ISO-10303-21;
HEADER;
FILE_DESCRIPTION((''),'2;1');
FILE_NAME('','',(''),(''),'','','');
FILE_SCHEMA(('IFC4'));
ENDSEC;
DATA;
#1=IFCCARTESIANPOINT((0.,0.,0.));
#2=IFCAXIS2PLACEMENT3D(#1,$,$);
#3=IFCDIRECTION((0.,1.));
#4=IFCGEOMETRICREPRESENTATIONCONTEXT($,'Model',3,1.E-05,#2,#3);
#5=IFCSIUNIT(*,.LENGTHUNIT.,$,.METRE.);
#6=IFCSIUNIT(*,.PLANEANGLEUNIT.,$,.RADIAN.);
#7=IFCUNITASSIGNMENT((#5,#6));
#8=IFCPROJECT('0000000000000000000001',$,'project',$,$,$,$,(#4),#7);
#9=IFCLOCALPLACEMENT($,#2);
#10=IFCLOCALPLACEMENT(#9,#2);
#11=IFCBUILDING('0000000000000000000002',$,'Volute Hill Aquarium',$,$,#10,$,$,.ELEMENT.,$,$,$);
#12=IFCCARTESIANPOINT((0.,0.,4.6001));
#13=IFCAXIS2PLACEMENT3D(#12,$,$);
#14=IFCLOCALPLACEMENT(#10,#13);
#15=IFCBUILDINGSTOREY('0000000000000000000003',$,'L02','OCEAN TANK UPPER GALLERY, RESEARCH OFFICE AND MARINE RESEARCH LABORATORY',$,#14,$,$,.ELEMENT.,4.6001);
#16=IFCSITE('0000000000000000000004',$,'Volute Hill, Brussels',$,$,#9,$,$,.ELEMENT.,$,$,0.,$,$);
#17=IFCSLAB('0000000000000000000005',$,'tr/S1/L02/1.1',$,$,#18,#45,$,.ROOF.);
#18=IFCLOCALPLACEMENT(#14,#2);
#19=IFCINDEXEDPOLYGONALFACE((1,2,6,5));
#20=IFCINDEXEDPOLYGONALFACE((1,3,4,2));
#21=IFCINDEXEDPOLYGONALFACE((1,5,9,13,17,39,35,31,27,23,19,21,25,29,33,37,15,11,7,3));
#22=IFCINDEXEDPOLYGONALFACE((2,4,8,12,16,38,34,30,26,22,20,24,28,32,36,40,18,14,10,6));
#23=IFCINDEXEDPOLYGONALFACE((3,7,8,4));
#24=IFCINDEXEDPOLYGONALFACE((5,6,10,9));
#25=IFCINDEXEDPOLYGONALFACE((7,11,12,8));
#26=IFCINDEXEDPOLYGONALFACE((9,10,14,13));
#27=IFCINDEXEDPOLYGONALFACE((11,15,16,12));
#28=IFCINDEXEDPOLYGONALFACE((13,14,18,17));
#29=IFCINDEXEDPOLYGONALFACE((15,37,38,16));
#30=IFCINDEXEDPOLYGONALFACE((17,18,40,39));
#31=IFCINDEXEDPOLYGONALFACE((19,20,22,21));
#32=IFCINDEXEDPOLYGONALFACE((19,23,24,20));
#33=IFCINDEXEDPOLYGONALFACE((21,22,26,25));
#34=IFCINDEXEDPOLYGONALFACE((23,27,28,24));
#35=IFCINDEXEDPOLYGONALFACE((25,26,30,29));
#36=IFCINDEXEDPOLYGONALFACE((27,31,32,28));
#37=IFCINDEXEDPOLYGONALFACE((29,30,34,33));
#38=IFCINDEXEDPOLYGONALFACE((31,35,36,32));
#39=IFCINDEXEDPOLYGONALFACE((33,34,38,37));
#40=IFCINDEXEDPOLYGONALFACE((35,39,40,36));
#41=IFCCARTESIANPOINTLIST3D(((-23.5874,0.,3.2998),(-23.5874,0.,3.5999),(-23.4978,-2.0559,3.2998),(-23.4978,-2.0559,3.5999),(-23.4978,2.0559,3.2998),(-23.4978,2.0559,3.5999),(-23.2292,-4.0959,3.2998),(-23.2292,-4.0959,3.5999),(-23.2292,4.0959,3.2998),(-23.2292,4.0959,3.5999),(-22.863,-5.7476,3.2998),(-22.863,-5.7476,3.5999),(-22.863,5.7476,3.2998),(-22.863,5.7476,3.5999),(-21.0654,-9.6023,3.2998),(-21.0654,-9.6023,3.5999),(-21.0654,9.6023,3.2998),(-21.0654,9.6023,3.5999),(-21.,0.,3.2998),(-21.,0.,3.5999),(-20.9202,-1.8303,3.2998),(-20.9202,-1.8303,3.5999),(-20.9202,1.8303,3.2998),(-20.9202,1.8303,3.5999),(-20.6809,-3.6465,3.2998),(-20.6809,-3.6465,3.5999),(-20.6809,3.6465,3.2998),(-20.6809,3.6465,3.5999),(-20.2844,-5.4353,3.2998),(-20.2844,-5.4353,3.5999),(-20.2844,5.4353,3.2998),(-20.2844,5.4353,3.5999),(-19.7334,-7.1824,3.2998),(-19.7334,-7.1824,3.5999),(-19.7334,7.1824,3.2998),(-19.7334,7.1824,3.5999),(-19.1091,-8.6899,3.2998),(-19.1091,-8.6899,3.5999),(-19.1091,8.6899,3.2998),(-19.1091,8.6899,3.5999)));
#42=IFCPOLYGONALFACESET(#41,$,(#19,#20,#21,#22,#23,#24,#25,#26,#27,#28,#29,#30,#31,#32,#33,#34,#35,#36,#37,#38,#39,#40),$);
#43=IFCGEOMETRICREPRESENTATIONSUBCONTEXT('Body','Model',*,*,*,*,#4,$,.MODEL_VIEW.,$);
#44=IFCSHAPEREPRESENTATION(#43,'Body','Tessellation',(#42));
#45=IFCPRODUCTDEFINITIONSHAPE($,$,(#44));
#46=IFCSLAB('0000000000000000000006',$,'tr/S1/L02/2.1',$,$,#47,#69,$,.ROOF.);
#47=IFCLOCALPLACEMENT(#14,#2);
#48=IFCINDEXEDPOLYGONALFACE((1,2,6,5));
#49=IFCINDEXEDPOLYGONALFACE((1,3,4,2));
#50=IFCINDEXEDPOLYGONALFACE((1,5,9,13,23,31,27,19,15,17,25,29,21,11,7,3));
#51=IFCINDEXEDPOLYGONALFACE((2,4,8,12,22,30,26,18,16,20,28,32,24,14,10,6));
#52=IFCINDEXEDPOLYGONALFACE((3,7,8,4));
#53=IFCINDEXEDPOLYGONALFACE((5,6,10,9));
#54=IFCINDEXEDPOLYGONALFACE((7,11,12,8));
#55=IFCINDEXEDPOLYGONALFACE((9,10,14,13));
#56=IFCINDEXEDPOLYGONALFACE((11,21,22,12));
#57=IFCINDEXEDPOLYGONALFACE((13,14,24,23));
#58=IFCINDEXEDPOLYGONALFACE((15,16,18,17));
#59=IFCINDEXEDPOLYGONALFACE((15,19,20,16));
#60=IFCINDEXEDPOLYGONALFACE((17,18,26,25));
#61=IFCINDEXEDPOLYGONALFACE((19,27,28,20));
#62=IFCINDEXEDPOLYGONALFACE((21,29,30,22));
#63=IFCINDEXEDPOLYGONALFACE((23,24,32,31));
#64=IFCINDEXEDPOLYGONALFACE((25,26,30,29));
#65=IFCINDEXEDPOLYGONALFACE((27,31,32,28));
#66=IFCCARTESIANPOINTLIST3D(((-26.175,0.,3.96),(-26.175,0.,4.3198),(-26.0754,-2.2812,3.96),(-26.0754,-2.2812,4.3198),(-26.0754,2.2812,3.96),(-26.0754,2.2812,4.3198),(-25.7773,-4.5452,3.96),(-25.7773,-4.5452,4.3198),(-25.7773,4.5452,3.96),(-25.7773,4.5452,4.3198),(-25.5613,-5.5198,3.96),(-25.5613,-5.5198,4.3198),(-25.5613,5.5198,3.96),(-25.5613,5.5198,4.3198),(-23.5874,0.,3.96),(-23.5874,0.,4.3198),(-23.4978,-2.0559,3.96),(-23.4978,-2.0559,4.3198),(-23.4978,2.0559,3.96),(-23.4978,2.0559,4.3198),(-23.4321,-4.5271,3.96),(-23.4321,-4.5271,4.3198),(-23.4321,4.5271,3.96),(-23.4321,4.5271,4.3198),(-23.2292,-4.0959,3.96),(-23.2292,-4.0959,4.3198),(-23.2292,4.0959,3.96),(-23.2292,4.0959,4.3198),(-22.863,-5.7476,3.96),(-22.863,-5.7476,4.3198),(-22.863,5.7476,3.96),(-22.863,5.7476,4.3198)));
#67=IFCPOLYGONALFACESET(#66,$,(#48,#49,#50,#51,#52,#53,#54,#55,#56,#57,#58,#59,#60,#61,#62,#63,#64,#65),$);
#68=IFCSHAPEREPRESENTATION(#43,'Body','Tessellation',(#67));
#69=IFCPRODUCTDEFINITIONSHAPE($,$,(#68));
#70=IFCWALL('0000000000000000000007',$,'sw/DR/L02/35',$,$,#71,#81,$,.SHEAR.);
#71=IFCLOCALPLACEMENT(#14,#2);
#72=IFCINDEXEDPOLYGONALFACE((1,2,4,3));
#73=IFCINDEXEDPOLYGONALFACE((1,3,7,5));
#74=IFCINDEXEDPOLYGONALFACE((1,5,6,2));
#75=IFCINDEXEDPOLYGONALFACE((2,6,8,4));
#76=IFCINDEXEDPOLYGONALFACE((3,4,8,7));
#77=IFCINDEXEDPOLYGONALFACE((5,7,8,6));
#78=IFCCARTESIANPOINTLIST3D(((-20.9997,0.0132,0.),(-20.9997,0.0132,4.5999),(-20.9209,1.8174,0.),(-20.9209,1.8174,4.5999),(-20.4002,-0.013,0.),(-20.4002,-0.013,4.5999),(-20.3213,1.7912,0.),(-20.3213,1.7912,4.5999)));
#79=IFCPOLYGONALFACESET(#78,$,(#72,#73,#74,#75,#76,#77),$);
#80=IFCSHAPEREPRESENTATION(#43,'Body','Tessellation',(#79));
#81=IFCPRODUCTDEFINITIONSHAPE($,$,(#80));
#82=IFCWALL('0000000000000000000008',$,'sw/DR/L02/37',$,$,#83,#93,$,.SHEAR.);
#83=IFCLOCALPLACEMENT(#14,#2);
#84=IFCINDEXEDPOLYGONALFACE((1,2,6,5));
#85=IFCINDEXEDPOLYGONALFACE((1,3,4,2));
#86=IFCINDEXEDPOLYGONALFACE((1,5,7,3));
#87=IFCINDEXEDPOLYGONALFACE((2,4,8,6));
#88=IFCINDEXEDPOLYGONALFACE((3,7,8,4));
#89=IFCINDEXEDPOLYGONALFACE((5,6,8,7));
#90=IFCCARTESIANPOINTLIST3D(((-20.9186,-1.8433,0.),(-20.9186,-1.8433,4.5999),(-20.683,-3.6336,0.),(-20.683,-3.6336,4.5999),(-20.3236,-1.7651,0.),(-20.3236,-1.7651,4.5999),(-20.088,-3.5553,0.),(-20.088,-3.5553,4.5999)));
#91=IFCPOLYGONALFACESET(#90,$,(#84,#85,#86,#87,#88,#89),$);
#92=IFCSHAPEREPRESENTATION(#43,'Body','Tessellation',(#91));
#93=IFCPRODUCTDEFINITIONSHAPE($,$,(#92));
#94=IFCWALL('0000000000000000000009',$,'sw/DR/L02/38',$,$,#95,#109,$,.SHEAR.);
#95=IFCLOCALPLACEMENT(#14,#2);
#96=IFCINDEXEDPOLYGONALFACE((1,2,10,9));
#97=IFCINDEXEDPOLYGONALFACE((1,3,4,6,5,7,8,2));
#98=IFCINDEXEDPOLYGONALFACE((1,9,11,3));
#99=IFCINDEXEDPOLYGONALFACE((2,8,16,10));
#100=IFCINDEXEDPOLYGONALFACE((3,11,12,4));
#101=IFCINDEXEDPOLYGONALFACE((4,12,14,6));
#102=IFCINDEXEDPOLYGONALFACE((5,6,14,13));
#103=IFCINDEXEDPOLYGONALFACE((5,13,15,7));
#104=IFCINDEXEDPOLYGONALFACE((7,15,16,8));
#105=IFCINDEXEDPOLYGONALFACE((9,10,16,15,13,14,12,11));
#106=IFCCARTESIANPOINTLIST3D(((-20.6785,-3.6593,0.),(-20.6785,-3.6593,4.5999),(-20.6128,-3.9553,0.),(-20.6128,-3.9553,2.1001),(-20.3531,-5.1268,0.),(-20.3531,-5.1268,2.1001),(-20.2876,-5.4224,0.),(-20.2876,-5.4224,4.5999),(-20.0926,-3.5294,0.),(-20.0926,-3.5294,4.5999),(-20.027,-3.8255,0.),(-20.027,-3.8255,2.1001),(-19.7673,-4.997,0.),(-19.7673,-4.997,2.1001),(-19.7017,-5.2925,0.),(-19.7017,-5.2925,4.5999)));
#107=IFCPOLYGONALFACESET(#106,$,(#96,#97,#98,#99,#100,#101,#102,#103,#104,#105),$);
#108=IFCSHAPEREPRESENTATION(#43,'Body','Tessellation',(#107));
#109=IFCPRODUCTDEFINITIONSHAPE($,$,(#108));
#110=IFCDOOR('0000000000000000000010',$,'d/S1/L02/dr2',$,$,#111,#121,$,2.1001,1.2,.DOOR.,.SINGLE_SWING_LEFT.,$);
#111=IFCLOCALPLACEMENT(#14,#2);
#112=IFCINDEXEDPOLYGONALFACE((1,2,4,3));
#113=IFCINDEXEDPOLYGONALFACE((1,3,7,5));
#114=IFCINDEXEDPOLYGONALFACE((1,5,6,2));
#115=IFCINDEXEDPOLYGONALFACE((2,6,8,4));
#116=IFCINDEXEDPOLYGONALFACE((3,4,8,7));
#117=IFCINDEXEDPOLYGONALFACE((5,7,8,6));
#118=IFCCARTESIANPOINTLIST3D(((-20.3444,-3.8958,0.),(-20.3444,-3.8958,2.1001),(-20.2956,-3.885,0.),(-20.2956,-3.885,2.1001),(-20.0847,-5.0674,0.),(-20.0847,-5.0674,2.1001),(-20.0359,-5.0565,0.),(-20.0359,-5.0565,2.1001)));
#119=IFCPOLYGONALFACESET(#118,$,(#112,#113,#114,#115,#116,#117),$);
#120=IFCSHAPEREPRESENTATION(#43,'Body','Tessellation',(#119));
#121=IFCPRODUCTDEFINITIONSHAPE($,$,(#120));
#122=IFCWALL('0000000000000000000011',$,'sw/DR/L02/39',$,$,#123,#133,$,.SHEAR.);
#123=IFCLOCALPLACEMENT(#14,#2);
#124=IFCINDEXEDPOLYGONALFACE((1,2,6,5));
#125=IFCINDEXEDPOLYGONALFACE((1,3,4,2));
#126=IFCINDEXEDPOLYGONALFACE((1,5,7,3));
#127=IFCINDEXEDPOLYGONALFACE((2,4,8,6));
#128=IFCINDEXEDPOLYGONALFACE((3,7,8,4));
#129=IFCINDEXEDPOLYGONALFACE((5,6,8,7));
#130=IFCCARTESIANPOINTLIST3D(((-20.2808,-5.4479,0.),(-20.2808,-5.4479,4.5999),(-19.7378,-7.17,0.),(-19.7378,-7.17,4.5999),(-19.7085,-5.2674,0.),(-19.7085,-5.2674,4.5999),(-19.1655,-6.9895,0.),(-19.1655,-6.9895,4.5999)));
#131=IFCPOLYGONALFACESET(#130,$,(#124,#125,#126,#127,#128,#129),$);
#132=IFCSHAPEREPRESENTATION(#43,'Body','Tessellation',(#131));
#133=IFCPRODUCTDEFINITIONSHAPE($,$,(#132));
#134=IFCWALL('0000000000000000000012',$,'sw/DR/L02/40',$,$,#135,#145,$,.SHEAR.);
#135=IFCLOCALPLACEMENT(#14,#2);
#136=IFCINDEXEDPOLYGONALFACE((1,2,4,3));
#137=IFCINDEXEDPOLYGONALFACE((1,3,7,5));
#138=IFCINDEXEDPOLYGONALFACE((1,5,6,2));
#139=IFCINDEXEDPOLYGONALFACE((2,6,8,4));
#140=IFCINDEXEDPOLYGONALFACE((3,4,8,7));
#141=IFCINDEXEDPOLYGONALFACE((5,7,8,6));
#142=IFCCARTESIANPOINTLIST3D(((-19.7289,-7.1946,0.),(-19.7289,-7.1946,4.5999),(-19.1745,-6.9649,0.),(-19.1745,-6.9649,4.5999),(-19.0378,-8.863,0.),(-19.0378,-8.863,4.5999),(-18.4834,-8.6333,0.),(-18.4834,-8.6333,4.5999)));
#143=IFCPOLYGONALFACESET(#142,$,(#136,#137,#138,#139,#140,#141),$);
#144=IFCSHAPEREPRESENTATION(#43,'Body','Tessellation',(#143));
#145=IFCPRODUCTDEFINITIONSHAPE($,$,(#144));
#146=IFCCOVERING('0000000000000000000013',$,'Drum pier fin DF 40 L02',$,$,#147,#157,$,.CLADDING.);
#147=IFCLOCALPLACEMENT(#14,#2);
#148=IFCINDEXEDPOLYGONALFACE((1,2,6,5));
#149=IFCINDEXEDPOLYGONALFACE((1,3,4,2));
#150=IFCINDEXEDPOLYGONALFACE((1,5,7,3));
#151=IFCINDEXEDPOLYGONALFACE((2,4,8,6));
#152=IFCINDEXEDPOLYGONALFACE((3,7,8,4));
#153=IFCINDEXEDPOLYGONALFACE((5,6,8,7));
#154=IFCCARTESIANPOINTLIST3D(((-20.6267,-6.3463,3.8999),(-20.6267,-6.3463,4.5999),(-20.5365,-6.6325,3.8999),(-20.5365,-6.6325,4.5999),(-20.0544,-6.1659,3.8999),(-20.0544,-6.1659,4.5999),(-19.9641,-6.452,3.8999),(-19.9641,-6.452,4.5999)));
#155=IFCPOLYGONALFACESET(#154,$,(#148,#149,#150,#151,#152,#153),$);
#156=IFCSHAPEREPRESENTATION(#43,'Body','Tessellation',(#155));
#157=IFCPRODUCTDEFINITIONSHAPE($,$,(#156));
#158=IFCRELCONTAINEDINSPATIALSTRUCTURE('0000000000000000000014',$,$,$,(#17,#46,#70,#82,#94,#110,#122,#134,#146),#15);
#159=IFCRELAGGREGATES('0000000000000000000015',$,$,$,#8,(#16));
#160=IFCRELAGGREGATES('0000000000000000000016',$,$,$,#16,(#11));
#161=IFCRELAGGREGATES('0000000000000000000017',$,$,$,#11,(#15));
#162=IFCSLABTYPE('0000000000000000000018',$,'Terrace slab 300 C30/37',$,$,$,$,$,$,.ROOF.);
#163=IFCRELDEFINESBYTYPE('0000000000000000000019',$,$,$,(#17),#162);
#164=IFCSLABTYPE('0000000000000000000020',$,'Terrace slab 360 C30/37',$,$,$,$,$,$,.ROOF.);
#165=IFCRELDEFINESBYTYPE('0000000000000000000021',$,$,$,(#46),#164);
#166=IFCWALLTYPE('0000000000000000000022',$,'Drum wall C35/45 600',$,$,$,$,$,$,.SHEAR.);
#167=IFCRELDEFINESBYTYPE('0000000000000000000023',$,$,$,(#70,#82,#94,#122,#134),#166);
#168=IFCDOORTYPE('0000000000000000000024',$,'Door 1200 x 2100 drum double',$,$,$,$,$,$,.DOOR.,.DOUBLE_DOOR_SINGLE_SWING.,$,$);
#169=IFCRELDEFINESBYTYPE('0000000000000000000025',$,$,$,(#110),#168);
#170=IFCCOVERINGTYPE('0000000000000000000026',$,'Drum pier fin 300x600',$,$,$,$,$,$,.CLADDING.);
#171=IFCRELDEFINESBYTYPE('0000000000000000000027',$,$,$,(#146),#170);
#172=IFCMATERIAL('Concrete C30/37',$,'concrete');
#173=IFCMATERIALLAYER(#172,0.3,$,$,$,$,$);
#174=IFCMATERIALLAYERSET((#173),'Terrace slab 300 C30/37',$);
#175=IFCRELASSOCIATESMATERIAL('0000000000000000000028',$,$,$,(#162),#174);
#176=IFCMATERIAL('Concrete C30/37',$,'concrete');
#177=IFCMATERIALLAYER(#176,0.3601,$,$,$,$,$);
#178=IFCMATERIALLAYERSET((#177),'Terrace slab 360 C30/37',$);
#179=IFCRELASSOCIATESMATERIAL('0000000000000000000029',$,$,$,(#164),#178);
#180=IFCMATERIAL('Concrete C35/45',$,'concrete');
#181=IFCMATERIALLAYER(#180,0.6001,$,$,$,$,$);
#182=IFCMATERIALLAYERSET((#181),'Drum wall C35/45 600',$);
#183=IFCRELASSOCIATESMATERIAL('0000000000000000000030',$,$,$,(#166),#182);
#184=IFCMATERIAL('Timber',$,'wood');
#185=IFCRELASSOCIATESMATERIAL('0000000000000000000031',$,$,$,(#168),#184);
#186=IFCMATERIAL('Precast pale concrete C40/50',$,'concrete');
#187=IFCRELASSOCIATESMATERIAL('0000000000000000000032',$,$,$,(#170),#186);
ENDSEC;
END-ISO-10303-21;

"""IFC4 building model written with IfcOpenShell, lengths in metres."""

from ifc_helpers import new_model, si_unit, direction, frame, frame_2d, origin, origin_2d, place, context, subcontext, project, spatial, polyline, rectangle, outline, extrude, material, layer, layer_set, type_object, element, fill, save


model = new_model("IFC4")

# Units and contexts
model_context = context("Model", 3, precision=1e-05, world=origin(), true_north=direction((0.0, 1.0)))
body_context = subcontext(model_context, "Body", "Model", "MODEL_VIEW")
ifc_project = project(units=[si_unit("LENGTHUNIT", "METRE"), si_unit("PLANEANGLEUNIT", "RADIAN")], contexts=[model_context])

# Site, building, storey
site_placement = place(None, origin())
site = spatial("IfcSite", under=ifc_project, at=site_placement, Name="Volute Hill, Brussels", CompositionType="ELEMENT", RefElevation=0.0)
building_placement = place(site_placement, origin())
building = spatial("IfcBuilding", under=site, at=building_placement, Name="Volute Hill Aquarium", CompositionType="ELEMENT")
storey_placement = place(building_placement, frame((0.0, 0.0, 4.6001)))
storey = spatial("IfcBuildingStorey", under=building, at=storey_placement, Name="L02", Description="OCEAN TANK UPPER GALLERY, RESEARCH OFFICE AND MARINE RESEARCH LABORATORY", CompositionType="ELEMENT", Elevation=4.6001)

# Slabs
ifc_material_1 = material(Name="Concrete C30/37", Category="concrete")
ifc_layer_1 = layer(ifc_material_1, 0.3)
ifc_layer_set_1 = layer_set([ifc_layer_1], Name="Terrace slab 300 C30/37")
slab_type_1 = type_object("IfcSlabType", Name="Terrace slab 300 C30/37", PredefinedType="ROOF", material=ifc_layer_set_1)
slab_1_placement = place(storey_placement, frame((0.0, 0.0, 3.2998)))
element("IfcSlab", 1, at=slab_1_placement, inside=storey, type_object=slab_type_1, Name="tr/S1/L02/1.1", PredefinedType="ROOF", context=body_context, shape_type="SweptSolid", body=[
    extrude(outline(polyline([(-23.2292, -4.0959), (-23.4978, -2.0559), (-23.5874, 0.0), (-23.4978, 2.0559), (-23.2292, 4.0959), (-22.863, 5.7476), (-21.0654, 9.6023), (-19.1091, 8.6899), (-19.7334, 7.1824), (-20.2844, 5.4353), (-20.6809, 3.6465), (-20.9202, 1.8303), (-21.0, 0.0), (-20.9202, -1.8303), (-20.6809, -3.6465), (-20.2844, -5.4353), (-19.7334, -7.1824), (-19.1091, -8.6899), (-21.0654, -9.6023), (-22.863, -5.7476), (-23.2292, -4.0959)])), origin(), (0.0, 0.0, 1.0), 0.3),
])
ifc_material_2 = material(Name="Concrete C30/37", Category="concrete")
ifc_layer_2 = layer(ifc_material_2, 0.3601)
ifc_layer_set_2 = layer_set([ifc_layer_2], Name="Terrace slab 360 C30/37")
slab_type_2 = type_object("IfcSlabType", Name="Terrace slab 360 C30/37", PredefinedType="ROOF", material=ifc_layer_set_2)
slab_2_placement = place(storey_placement, frame((0.0, 0.0, 3.96)))
element("IfcSlab", 2, at=slab_2_placement, inside=storey, type_object=slab_type_2, Name="tr/S1/L02/2.1", PredefinedType="ROOF", context=body_context, shape_type="SweptSolid", body=[
    extrude(outline(polyline([(-25.7773, -4.5452), (-26.0754, -2.2812), (-26.175, 0.0), (-26.0754, 2.2812), (-25.7773, 4.5452), (-25.5613, 5.5198), (-23.4321, 4.5271), (-22.863, 5.7476), (-23.2292, 4.0959), (-23.4978, 2.0559), (-23.5874, 0.0), (-23.4978, -2.0559), (-23.2292, -4.0959), (-22.863, -5.7476), (-23.4321, -4.5271), (-25.5613, -5.5198), (-25.7773, -4.5452)])), origin(), (0.0, 0.0, 1.0), 0.3599),
])

# Walls
ifc_material_3 = material(Name="Concrete C35/45", Category="concrete")
ifc_layer_3 = layer(ifc_material_3, 0.6001)
ifc_layer_set_3 = layer_set([ifc_layer_3], Name="Drum wall C35/45 600")
wall_type = type_object("IfcWallType", Name="Drum wall C35/45 600", PredefinedType="SHEAR", material=ifc_layer_set_3)
wall_1_placement = place(storey_placement, frame((-20.6211, 1.8042, 0.0), z_axis=(0.0, 0.0, 1.0), x_axis=(-0.043666, -0.999046, 0.0)))
element("IfcWall", 3, at=wall_1_placement, inside=storey, type_object=wall_type, Name="sw/DR/L02/35", PredefinedType="SHEAR", context=body_context, shape_type="SweptSolid", body=[
    extrude(rectangle(XDim=1.8059, YDim=0.6001, at=frame_2d((0.9028, 0.0))), origin(), (0.0, 0.0, 1.0), 4.5999),
])
wall_2_placement = place(storey_placement, frame((-20.6211, -1.8042, 0.0), z_axis=(0.0, 0.0, 1.0), x_axis=(0.130472, -0.991452, 0.0)))
element("IfcWall", 4, at=wall_2_placement, inside=storey, type_object=wall_type, Name="sw/DR/L02/37", PredefinedType="SHEAR", context=body_context, shape_type="SweptSolid", body=[
    extrude(rectangle(XDim=1.8057, YDim=0.6001, at=frame_2d((0.9028, 0.0))), origin(), (0.0, 0.0, 1.0), 4.5999),
])

# Wall, opening, door
wall_3_placement = place(storey_placement, frame((-20.3855, -3.5945, 0.0), z_axis=(0.0, 0.0, 1.0), x_axis=(0.216429, -0.976298, 0.0)))
wall_3 = element("IfcWall", 5, at=wall_3_placement, inside=storey, type_object=wall_type, Name="sw/DR/L02/38", PredefinedType="SHEAR", context=body_context, shape_type="SweptSolid", body=[
    extrude(rectangle(XDim=1.8059, YDim=0.6001, at=frame_2d((0.9028, 0.0))), origin(), (0.0, 0.0, 1.0), 4.5999),
])
opening_placement = place(wall_3_placement, frame((0.303, 0.0, 0.0)))
opening = element("IfcOpeningElement", 6, at=opening_placement, cuts=wall_3, PredefinedType="OPENING", context=body_context, shape_type="SweptSolid", body=[
    extrude(rectangle(XDim=1.2, YDim=2.1001, at=frame_2d((0.6001, 1.05))), frame((0.0, 0.3101, 0.0), z_axis=(0.0, -1.0, 0.0), x_axis=(1.0, 0.0, 0.0)), (0.0, 0.0, 1.0), 0.6201),
])
ifc_material_4 = material(Name="Timber", Category="wood")
door_type = type_object("IfcDoorType", Name="Door 1200 x 2100 drum double", OperationType="DOUBLE_DOOR_SINGLE_SWING", PredefinedType="DOOR", material=ifc_material_4)
door_placement = place(opening_placement, origin())
door = element("IfcDoor", 7, at=door_placement, inside=storey, type_object=door_type, Name="d/S1/L02/dr2", OperationType="SINGLE_SWING_LEFT", OverallHeight=2.1001, OverallWidth=1.2, PredefinedType="DOOR", context=body_context, shape_type="SweptSolid", body=[
    extrude(rectangle(XDim=1.2, YDim=2.1001, at=frame_2d((0.6001, 1.05))), frame((0.0, 0.0249, 0.0), z_axis=(0.0, -1.0, 0.0), x_axis=(1.0, 0.0, 0.0)), (0.0, 0.0, 1.0), 0.05),
])
fill(opening, door)

# Walls
wall_4_placement = place(storey_placement, frame((-19.9946, -5.3577, 0.0), z_axis=(0.0, 0.0, 1.0), x_axis=(0.300691, -0.953722, 0.0)))
element("IfcWall", 8, at=wall_4_placement, inside=storey, type_object=wall_type, Name="sw/DR/L02/39", PredefinedType="SHEAR", context=body_context, shape_type="SweptSolid", body=[
    extrude(rectangle(XDim=1.8057, YDim=0.6001, at=frame_2d((0.9028, 0.0))), origin(), (0.0, 0.0, 1.0), 4.5999),
])
wall_5_placement = place(storey_placement, frame((-19.4517, -7.0798, 0.0), z_axis=(0.0, 0.0, 1.0), x_axis=(0.382714, -0.923867, 0.0)))
element("IfcWall", 9, at=wall_5_placement, inside=storey, type_object=wall_type, Name="sw/DR/L02/40", PredefinedType="SHEAR", context=body_context, shape_type="SweptSolid", body=[
    extrude(rectangle(XDim=1.8059, YDim=0.6001, at=frame_2d((0.9028, 0.0))), origin(), (0.0, 0.0, 1.0), 4.5999),
])

# Covering
ifc_material_5 = material(Name="Precast pale concrete C40/50", Category="concrete")
covering_type = type_object("IfcCoveringType", Name="Drum pier fin 300x600", PredefinedType="CLADDING", material=ifc_material_5)
covering_placement = place(storey_placement, frame((-20.2954, -6.3992, 3.8999), z_axis=(0.0, 0.0, 1.0), x_axis=(0.300706, -0.953717, 0.0)))
element("IfcCovering", 10, at=covering_placement, inside=storey, type_object=covering_type, Name="Drum pier fin DF 40 L02", PredefinedType="CLADDING", context=body_context, shape_type="SweptSolid", body=[
    extrude(rectangle(XDim=0.3, YDim=0.6001, at=origin_2d()), origin(), (0.0, 0.0, 1.0), 0.7),
])

save(model, "model.ifc")
